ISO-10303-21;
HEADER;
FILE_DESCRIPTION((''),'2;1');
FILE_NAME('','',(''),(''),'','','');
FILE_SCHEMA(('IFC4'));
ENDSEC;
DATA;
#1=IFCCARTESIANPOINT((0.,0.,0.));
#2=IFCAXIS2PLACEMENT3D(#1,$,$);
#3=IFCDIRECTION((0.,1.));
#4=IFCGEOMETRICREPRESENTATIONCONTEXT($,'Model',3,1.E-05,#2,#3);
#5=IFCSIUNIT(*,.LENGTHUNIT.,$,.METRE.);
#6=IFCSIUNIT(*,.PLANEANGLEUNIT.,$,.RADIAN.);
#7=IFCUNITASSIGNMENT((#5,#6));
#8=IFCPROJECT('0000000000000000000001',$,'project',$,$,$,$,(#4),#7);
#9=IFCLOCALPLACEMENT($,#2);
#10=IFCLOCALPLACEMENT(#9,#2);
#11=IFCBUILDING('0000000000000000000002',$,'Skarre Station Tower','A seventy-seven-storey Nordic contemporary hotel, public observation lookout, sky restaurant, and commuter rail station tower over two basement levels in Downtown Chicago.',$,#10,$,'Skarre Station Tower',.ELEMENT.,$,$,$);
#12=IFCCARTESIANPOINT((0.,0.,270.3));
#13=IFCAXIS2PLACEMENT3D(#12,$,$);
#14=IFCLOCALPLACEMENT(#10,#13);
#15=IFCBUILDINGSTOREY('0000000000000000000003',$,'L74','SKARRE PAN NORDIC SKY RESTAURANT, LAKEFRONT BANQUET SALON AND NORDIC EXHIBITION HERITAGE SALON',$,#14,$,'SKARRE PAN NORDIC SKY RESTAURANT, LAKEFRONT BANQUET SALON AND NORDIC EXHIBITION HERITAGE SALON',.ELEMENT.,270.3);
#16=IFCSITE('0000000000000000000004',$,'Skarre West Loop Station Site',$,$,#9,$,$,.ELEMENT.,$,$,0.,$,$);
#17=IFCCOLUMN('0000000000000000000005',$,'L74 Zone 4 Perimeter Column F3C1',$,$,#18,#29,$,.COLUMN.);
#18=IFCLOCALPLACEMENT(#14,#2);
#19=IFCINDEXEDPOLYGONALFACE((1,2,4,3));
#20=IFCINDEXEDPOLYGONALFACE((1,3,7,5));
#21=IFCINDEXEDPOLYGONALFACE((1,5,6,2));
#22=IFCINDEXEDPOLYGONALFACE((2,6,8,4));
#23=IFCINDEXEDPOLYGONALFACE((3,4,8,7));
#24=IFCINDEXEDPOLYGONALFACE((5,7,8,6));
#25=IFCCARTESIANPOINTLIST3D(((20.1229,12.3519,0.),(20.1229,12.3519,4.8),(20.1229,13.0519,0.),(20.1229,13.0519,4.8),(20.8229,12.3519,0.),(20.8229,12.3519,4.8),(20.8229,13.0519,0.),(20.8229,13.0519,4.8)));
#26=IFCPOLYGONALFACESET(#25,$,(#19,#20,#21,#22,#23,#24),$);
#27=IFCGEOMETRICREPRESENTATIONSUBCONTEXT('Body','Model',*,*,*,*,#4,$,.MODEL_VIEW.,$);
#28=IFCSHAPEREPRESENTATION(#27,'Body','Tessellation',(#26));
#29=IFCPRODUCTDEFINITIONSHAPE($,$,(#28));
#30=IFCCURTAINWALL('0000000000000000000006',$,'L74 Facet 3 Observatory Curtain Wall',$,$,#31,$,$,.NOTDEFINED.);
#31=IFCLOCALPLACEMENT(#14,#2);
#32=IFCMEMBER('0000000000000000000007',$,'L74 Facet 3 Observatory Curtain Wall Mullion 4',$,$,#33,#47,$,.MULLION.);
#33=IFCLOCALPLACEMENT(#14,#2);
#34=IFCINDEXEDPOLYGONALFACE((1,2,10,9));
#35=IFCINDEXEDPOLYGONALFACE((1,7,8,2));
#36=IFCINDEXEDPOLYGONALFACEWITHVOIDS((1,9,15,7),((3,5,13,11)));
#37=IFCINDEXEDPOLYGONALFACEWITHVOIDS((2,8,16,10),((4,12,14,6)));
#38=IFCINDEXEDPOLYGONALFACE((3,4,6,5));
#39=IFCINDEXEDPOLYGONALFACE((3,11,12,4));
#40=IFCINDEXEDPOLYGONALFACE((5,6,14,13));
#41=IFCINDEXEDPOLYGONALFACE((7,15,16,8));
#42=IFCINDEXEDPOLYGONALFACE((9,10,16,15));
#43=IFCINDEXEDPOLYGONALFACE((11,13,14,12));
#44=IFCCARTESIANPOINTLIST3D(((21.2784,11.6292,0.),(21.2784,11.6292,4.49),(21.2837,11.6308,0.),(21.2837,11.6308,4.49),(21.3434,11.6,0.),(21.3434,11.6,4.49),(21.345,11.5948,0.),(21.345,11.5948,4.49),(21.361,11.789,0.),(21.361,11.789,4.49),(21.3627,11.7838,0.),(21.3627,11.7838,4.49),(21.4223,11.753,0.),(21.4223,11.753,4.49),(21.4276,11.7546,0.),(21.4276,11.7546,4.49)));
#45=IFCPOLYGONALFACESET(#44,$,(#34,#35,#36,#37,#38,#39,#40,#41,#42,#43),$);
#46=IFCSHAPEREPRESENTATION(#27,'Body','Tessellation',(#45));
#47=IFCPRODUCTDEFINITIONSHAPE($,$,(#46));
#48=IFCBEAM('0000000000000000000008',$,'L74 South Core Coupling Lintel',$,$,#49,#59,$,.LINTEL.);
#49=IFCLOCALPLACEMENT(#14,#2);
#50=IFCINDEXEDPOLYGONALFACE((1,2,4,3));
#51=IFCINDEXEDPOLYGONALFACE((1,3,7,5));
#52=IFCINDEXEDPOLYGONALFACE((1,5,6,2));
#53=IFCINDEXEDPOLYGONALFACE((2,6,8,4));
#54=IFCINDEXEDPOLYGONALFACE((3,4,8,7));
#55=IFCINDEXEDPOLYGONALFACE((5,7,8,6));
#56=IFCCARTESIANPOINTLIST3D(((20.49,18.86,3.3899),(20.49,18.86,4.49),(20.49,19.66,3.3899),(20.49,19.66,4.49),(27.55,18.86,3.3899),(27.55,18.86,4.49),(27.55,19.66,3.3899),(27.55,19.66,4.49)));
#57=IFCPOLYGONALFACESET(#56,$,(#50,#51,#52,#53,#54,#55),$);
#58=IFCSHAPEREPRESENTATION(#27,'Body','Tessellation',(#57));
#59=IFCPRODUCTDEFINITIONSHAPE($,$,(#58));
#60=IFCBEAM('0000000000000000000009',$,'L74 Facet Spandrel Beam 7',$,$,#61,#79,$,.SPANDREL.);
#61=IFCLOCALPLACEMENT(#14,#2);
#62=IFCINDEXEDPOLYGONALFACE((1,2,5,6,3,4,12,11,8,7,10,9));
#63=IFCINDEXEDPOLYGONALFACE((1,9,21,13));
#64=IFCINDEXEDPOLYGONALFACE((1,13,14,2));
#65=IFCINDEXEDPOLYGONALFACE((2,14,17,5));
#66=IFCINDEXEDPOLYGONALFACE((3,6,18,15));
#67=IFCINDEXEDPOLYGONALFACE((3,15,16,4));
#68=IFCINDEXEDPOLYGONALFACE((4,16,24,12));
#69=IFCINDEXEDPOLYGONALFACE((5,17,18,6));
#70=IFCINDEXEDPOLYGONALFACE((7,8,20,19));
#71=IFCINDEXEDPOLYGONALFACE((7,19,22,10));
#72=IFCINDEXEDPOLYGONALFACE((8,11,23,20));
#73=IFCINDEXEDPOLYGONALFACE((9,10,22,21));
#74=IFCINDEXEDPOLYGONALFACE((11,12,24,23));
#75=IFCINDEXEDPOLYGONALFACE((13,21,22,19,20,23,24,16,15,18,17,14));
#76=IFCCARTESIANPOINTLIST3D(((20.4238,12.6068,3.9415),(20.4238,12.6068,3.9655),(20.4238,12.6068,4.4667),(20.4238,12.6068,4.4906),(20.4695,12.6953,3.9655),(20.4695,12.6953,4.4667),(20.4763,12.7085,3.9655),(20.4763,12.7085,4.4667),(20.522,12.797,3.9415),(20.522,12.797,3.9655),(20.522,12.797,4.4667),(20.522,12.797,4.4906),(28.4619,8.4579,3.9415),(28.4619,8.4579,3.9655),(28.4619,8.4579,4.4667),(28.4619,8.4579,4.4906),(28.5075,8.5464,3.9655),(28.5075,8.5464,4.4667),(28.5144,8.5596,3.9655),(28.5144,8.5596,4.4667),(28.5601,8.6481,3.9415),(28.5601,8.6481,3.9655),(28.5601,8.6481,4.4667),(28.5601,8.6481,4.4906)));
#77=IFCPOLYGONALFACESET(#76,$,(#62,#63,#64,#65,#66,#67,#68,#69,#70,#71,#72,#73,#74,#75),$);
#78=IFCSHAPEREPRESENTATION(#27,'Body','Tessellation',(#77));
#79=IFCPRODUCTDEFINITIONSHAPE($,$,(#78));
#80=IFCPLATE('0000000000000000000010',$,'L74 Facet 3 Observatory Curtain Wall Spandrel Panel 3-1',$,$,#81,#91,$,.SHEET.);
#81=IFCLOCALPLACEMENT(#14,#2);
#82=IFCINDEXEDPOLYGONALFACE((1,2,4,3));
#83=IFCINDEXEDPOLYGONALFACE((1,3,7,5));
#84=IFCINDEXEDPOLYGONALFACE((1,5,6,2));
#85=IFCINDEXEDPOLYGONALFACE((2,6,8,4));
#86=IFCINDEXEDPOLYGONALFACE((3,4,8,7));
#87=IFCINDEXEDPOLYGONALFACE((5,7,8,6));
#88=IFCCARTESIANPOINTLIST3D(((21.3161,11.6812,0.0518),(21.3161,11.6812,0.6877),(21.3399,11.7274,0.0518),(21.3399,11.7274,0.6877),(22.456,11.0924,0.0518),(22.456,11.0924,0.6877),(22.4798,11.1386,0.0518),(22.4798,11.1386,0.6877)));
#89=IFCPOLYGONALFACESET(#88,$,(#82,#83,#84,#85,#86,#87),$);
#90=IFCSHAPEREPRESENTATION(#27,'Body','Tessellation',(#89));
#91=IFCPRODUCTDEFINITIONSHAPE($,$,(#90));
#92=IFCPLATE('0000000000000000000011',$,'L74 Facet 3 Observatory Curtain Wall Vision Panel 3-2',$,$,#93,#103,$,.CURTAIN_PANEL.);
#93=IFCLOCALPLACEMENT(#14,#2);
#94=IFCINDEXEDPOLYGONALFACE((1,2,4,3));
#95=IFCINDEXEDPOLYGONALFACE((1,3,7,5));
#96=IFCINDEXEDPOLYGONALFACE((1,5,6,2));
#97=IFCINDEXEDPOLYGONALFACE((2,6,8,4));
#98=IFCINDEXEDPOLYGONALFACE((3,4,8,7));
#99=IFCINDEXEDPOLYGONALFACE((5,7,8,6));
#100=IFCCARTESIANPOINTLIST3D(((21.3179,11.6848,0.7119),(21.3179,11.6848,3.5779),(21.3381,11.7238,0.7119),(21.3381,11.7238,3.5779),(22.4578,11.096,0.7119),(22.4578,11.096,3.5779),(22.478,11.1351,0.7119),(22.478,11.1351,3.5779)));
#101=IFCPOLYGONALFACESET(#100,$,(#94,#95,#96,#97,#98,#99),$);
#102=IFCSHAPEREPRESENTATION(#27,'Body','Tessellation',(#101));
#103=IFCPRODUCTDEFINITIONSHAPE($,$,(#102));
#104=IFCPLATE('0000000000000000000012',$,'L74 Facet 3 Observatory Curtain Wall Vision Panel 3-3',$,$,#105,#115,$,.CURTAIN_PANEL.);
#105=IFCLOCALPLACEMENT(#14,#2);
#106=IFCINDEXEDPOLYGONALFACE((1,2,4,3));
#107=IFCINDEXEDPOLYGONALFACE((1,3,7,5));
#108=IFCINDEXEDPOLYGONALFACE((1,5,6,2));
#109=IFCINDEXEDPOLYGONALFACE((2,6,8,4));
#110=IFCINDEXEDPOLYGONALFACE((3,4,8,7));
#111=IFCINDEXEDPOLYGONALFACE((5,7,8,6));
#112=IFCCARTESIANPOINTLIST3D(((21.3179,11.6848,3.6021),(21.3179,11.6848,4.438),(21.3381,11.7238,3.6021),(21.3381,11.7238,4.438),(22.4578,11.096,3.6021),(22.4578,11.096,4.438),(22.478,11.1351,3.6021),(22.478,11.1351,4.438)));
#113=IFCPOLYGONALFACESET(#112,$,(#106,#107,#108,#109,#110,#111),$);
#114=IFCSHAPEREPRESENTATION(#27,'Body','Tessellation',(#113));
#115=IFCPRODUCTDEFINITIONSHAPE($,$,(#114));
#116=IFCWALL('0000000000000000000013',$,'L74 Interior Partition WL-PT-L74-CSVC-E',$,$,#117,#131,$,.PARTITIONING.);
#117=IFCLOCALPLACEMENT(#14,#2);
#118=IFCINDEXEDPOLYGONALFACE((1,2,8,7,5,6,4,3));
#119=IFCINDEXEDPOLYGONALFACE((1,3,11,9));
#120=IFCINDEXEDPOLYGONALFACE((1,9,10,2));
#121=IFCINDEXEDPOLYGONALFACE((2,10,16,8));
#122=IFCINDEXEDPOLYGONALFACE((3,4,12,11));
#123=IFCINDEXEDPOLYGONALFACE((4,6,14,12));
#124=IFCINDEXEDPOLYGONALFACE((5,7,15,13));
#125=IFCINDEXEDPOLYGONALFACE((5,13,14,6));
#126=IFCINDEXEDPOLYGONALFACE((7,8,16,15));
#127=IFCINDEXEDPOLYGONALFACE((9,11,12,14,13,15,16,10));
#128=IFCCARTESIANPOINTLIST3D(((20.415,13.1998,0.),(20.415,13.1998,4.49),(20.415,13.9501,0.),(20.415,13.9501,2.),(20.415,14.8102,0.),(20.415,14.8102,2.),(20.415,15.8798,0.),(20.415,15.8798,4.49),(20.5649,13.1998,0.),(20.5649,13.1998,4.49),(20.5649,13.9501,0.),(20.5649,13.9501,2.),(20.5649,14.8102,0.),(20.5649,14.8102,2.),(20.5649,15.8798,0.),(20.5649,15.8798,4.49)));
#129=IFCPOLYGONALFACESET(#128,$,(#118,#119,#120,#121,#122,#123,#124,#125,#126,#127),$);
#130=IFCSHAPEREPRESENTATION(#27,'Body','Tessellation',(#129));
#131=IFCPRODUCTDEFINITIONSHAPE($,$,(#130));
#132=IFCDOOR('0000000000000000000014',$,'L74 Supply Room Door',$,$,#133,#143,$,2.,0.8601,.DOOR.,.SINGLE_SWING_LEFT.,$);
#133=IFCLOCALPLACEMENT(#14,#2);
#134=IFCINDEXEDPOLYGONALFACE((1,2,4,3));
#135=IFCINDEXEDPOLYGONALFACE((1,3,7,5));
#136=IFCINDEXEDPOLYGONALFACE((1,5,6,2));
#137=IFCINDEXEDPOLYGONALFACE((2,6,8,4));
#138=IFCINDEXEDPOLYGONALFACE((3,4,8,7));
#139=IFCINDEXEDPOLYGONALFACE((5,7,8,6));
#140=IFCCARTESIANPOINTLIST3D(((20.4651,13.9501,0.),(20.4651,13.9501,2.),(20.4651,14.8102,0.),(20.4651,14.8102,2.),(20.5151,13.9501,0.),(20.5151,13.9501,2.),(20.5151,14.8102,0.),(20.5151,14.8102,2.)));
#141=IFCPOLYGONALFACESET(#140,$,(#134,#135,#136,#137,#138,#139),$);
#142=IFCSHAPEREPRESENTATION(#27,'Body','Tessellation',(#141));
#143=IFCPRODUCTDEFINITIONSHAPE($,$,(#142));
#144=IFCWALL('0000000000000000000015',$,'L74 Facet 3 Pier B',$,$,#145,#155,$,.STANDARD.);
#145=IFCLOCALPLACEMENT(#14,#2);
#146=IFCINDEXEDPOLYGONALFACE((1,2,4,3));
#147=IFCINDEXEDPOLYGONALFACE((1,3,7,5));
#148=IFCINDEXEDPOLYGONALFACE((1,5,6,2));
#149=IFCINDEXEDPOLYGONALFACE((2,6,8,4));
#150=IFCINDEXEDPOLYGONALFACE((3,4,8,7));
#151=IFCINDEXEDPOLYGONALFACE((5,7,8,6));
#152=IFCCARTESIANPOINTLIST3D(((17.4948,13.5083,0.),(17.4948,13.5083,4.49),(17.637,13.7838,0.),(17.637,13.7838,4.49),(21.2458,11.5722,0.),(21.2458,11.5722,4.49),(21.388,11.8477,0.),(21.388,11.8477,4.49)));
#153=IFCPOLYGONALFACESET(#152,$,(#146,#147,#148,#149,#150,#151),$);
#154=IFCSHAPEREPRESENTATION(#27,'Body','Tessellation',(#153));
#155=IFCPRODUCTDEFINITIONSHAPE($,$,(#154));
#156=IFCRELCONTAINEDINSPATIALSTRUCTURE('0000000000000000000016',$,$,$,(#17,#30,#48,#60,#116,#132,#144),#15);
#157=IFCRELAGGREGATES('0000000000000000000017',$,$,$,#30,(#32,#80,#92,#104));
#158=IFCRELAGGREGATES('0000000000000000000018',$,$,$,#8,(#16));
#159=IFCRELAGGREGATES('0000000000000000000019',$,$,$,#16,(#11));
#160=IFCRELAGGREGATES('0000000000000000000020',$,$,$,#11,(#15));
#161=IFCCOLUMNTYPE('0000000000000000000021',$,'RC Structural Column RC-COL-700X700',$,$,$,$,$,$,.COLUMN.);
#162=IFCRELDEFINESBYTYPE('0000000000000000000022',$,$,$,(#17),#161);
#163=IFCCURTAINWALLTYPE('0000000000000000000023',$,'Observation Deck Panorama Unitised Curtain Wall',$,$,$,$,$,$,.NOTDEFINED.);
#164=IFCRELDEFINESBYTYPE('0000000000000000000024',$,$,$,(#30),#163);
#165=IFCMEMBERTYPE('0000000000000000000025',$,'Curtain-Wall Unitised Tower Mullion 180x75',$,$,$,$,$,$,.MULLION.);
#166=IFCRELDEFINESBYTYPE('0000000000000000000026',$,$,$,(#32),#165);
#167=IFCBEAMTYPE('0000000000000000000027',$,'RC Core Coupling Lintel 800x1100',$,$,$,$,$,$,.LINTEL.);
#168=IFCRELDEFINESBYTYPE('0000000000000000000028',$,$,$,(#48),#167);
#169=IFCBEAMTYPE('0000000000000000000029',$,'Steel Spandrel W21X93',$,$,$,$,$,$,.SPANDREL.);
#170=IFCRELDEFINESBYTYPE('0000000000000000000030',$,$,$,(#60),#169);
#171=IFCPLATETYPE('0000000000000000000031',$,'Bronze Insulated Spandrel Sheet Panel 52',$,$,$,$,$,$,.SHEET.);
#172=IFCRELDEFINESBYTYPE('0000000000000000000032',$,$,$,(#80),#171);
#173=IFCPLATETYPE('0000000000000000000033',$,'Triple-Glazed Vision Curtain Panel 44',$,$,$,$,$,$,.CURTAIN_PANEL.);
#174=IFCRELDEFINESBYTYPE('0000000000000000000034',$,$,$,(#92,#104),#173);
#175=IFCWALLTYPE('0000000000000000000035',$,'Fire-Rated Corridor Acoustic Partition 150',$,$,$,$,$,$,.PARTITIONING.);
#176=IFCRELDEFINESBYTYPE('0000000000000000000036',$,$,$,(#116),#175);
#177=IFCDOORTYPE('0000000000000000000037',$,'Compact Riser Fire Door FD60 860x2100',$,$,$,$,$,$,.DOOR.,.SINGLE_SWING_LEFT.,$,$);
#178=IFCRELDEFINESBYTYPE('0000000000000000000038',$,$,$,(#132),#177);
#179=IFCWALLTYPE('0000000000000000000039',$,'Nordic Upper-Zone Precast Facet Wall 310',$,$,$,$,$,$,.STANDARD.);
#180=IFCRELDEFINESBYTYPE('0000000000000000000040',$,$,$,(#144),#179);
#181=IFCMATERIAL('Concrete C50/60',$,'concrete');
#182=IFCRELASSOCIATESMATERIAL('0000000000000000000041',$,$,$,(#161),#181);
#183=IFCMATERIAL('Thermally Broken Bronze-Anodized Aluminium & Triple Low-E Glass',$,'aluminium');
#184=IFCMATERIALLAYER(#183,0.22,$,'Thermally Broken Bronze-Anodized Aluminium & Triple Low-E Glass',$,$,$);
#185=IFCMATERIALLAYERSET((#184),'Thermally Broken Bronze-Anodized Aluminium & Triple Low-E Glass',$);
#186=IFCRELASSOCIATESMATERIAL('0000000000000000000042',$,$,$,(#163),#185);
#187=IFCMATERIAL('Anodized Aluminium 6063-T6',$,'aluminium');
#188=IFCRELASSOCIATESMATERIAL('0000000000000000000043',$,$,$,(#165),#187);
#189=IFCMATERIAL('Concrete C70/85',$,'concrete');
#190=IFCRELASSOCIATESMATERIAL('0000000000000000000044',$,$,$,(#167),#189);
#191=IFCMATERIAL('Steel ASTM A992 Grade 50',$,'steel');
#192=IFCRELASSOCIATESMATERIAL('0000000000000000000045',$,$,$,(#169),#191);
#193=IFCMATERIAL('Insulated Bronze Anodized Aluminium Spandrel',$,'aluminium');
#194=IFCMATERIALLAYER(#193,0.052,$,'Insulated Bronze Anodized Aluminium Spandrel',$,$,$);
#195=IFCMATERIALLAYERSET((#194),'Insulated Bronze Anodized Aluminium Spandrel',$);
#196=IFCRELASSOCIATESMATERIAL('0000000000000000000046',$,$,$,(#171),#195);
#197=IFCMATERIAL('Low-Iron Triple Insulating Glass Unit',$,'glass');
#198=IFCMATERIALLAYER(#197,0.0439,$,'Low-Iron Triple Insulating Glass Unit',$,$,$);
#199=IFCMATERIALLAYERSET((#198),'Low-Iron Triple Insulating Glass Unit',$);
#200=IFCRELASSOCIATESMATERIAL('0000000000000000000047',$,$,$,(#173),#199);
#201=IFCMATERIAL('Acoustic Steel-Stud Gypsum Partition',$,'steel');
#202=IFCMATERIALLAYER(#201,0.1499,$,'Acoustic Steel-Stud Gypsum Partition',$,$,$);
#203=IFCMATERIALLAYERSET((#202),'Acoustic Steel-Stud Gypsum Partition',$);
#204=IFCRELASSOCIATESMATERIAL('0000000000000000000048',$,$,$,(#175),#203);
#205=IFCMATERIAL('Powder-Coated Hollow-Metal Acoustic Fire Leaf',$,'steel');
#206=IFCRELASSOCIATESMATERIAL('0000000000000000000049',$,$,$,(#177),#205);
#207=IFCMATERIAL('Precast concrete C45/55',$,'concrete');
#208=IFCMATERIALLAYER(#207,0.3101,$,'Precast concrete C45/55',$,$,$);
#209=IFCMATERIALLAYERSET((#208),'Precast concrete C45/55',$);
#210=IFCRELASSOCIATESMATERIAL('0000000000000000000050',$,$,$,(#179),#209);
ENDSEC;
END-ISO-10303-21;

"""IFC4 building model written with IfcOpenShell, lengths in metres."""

from ifc_helpers import new_model, si_unit, direction, frame, frame_2d, origin, origin_2d, place, context, subcontext, project, spatial, rectangle, hollow_rectangle, i_section, extrude, material, layer, layer_set, material_profile, profile_set, type_object, element, fill, aggregate, save


model = new_model("IFC4")

# Units and contexts
model_context = context("Model", 3, precision=1e-05, world=origin(), true_north=direction((0.0, 1.0)))
body_context = subcontext(model_context, "Body", "Model", "MODEL_VIEW")
ifc_project = project(units=[si_unit("LENGTHUNIT", "METRE"), si_unit("PLANEANGLEUNIT", "RADIAN")], contexts=[model_context])

# Site, building, storey
site_placement = place(None, origin())
site = spatial("IfcSite", under=ifc_project, at=site_placement, Name="Skarre West Loop Station Site", CompositionType="ELEMENT", RefElevation=0.0)
building_placement = place(site_placement, origin())
building = spatial("IfcBuilding", under=site, at=building_placement, Name="Skarre Station Tower", Description="A seventy-seven-storey Nordic contemporary hotel, public observation lookout, sky restaurant, and commuter rail station tower over two basement levels in Downtown Chicago.", LongName="Skarre Station Tower", CompositionType="ELEMENT")
storey_placement = place(building_placement, frame((0.0, 0.0, 270.3)))
storey = spatial("IfcBuildingStorey", under=building, at=storey_placement, Name="L74", Description="SKARRE PAN NORDIC SKY RESTAURANT, LAKEFRONT BANQUET SALON AND NORDIC EXHIBITION HERITAGE SALON", LongName="SKARRE PAN NORDIC SKY RESTAURANT, LAKEFRONT BANQUET SALON AND NORDIC EXHIBITION HERITAGE SALON", CompositionType="ELEMENT", Elevation=270.3)

# Column
ifc_material_1 = material(Name="Concrete C50/60", Category="concrete")
ifc_material_profile_1 = material_profile(ifc_material_1, rectangle(XDim=0.7, YDim=0.7, at=origin_2d()), Name="Concrete C50/60")
ifc_profile_set_1 = profile_set([ifc_material_profile_1], Name="Concrete C50/60")
column_type = type_object("IfcColumnType", Name="RC Structural Column RC-COL-700X700", PredefinedType="COLUMN", material=ifc_profile_set_1)
column_placement = place(storey_placement, frame((20.4729, 12.7019, 0.0), z_axis=(0.0, 0.0, 1.0), x_axis=(1.0, 0.0, 0.0)))
element("IfcColumn", 1, at=column_placement, inside=storey, type_object=column_type, Name="L74 Zone 4 Perimeter Column F3C1", PredefinedType="COLUMN", context=body_context, shape_type="SweptSolid", body=[
    extrude(rectangle(XDim=0.7, YDim=0.7, at=origin_2d()), origin(), (0.0, 0.0, 1.0), 4.8),
])

# Curtain wall, member
ifc_material_2 = material(Name="Thermally Broken Bronze-Anodized Aluminium & Triple Low-E Glass", Category="aluminium")
ifc_layer_1 = layer(ifc_material_2, 0.22, Name="Thermally Broken Bronze-Anodized Aluminium & Triple Low-E Glass")
ifc_layer_set_1 = layer_set([ifc_layer_1], Name="Thermally Broken Bronze-Anodized Aluminium & Triple Low-E Glass")
curtain_wall_type = type_object("IfcCurtainWallType", Name="Observation Deck Panorama Unitised Curtain Wall", PredefinedType="NOTDEFINED", material=ifc_layer_set_1)
curtain_wall_placement = place(storey_placement, origin())
curtain_wall = element("IfcCurtainWall", 2, at=curtain_wall_placement, inside=storey, type_object=curtain_wall_type, Name="L74 Facet 3 Observatory Curtain Wall", PredefinedType="NOTDEFINED")
ifc_material_3 = material(Name="Anodized Aluminium 6063-T6", Category="aluminium")
ifc_material_profile_2 = material_profile(ifc_material_3, hollow_rectangle(XDim=0.075, YDim=0.1799, WallThickness=0.0039, at=origin_2d()), Name="Anodized Aluminium 6063-T6")
ifc_profile_set_2 = profile_set([ifc_material_profile_2], Name="Anodized Aluminium 6063-T6")
member_type = type_object("IfcMemberType", Name="Curtain-Wall Unitised Tower Mullion 180x75", PredefinedType="MULLION", material=ifc_profile_set_2)
member_placement = place(storey_placement, frame((21.353, 11.6919, 0.0), z_axis=(0.0, 0.0, 1.0), x_axis=(-0.888481, 0.458913, 0.0)))
member = element("IfcMember", 3, at=member_placement, type_object=member_type, Name="L74 Facet 3 Observatory Curtain Wall Mullion 4", PredefinedType="MULLION", context=body_context, shape_type="SweptSolid", body=[
    extrude(hollow_rectangle(XDim=0.075, YDim=0.1799, WallThickness=0.0039, at=origin_2d()), origin(), (0.0, 0.0, 1.0), 4.49),
])

# Beams
ifc_material_4 = material(Name="Concrete C70/85", Category="concrete")
ifc_material_profile_3 = material_profile(ifc_material_4, rectangle(XDim=0.8, YDim=1.1001, at=origin_2d()), Name="Concrete C70/85")
ifc_profile_set_3 = profile_set([ifc_material_profile_3], Name="Concrete C70/85")
beam_type_1 = type_object("IfcBeamType", Name="RC Core Coupling Lintel 800x1100", PredefinedType="LINTEL", material=ifc_profile_set_3)
beam_1_placement = place(storey_placement, frame((20.49, 19.26, 3.9399), z_axis=(1.0, 0.0, 0.0), x_axis=(0.0, 1.0, 0.0)))
element("IfcBeam", 4, at=beam_1_placement, inside=storey, type_object=beam_type_1, Name="L74 South Core Coupling Lintel", PredefinedType="LINTEL", context=body_context, shape_type="SweptSolid", body=[
    extrude(rectangle(XDim=0.8, YDim=1.1001, at=origin_2d()), origin(), (0.0, 0.0, 1.0), 7.0601),
])
ifc_material_5 = material(Name="Steel ASTM A992 Grade 50", Category="steel")
ifc_material_profile_4 = material_profile(ifc_material_5, i_section(OverallWidth=0.2141, OverallDepth=0.5491, WebThickness=0.0149, FlangeThickness=0.0239, at=origin_2d()), Name="Steel ASTM A992 Grade 50")
ifc_profile_set_4 = profile_set([ifc_material_profile_4], Name="Steel ASTM A992 Grade 50")
beam_type_2 = type_object("IfcBeamType", Name="Steel Spandrel W21X93", PredefinedType="SPANDREL", material=ifc_profile_set_4)
beam_2_placement = place(storey_placement, frame((20.4729, 12.7019, 4.2161), z_axis=(0.88861, -0.458664, 0.0), x_axis=(0.458664, 0.88861, 0.0)))
element("IfcBeam", 5, at=beam_2_placement, inside=storey, type_object=beam_type_2, Name="L74 Facet Spandrel Beam 7", PredefinedType="SPANDREL", context=body_context, shape_type="SweptSolid", body=[
    extrude(i_section(OverallWidth=0.2141, OverallDepth=0.5491, WebThickness=0.0149, FlangeThickness=0.0239, at=origin_2d()), origin(), (0.0, 0.0, 1.0), 9.0457),
])

# Plates
ifc_material_6 = material(Name="Insulated Bronze Anodized Aluminium Spandrel", Category="aluminium")
ifc_layer_2 = layer(ifc_material_6, 0.052, Name="Insulated Bronze Anodized Aluminium Spandrel")
ifc_layer_set_2 = layer_set([ifc_layer_2], Name="Insulated Bronze Anodized Aluminium Spandrel")
plate_type_1 = type_object("IfcPlateType", Name="Bronze Insulated Spandrel Sheet Panel 52", PredefinedType="SHEET", material=ifc_layer_set_2)
plate_1_placement = place(storey_placement, frame((21.8979, 11.4099, 0.0518), z_axis=(0.0, 0.0, 1.0), x_axis=(-0.888481, 0.458913, 0.0)))
plate_1 = element("IfcPlate", 6, at=plate_1_placement, type_object=plate_type_1, Name="L74 Facet 3 Observatory Curtain Wall Spandrel Panel 3-1", PredefinedType="SHEET", context=body_context, shape_type="SweptSolid", body=[
    extrude(rectangle(XDim=1.283, YDim=0.052, at=origin_2d()), origin(), (0.0, 0.0, 1.0), 0.636),
])
ifc_material_7 = material(Name="Low-Iron Triple Insulating Glass Unit", Category="glass")
ifc_layer_3 = layer(ifc_material_7, 0.0439, Name="Low-Iron Triple Insulating Glass Unit")
ifc_layer_set_3 = layer_set([ifc_layer_3], Name="Low-Iron Triple Insulating Glass Unit")
plate_type_2 = type_object("IfcPlateType", Name="Triple-Glazed Vision Curtain Panel 44", PredefinedType="CURTAIN_PANEL", material=ifc_layer_set_3)
plate_2_placement = place(storey_placement, frame((21.8979, 11.4099, 0.7119), z_axis=(0.0, 0.0, 1.0), x_axis=(-0.888481, 0.458913, 0.0)))
plate_2 = element("IfcPlate", 7, at=plate_2_placement, type_object=plate_type_2, Name="L74 Facet 3 Observatory Curtain Wall Vision Panel 3-2", PredefinedType="CURTAIN_PANEL", context=body_context, shape_type="SweptSolid", body=[
    extrude(rectangle(XDim=1.283, YDim=0.0439, at=origin_2d()), origin(), (0.0, 0.0, 1.0), 2.866),
])
plate_3_placement = place(storey_placement, frame((21.8979, 11.4099, 3.6021), z_axis=(0.0, 0.0, 1.0), x_axis=(-0.888481, 0.458913, 0.0)))
plate_3 = element("IfcPlate", 8, at=plate_3_placement, type_object=plate_type_2, Name="L74 Facet 3 Observatory Curtain Wall Vision Panel 3-3", PredefinedType="CURTAIN_PANEL", context=body_context, shape_type="SweptSolid", body=[
    extrude(rectangle(XDim=1.283, YDim=0.0439, at=origin_2d()), origin(), (0.0, 0.0, 1.0), 0.8359),
])
aggregate(curtain_wall, [member, plate_1, plate_2, plate_3])

# Wall, opening, door
ifc_material_8 = material(Name="Acoustic Steel-Stud Gypsum Partition", Category="steel")
ifc_layer_4 = layer(ifc_material_8, 0.1499, Name="Acoustic Steel-Stud Gypsum Partition")
ifc_layer_set_4 = layer_set([ifc_layer_4], Name="Acoustic Steel-Stud Gypsum Partition")
wall_type_1 = type_object("IfcWallType", Name="Fire-Rated Corridor Acoustic Partition 150", PredefinedType="PARTITIONING", material=ifc_layer_set_4)
wall_1_placement = place(storey_placement, frame((20.49, 13.2, 0.0), z_axis=(0.0, 0.0, 1.0), x_axis=(0.0, 1.0, 0.0)))
wall_1 = element("IfcWall", 9, at=wall_1_placement, inside=storey, type_object=wall_type_1, Name="L74 Interior Partition WL-PT-L74-CSVC-E", PredefinedType="PARTITIONING", context=body_context, shape_type="SweptSolid", body=[
    extrude(rectangle(XDim=2.6799, YDim=0.1499, at=frame_2d((1.3398, 0.0))), origin(), (0.0, 0.0, 1.0), 4.49),
])
opening_1_placement = place(wall_1_placement, frame((0.75, 0.0, 0.0)))
opening_1 = element("IfcOpeningElement", 10, at=opening_1_placement, cuts=wall_1, PredefinedType="OPENING", context=body_context, shape_type="SweptSolid", body=[
    extrude(rectangle(XDim=0.8601, YDim=2.0, at=frame_2d((0.4302, 1.0))), frame((0.0, 0.085, 0.0), z_axis=(0.0, -1.0, 0.0), x_axis=(1.0, 0.0, 0.0)), (0.0, 0.0, 1.0), 0.1699),
])
ifc_material_9 = material(Name="Powder-Coated Hollow-Metal Acoustic Fire Leaf", Category="steel")
door_type_1 = type_object("IfcDoorType", Name="Compact Riser Fire Door FD60 860x2100", OperationType="SINGLE_SWING_LEFT", PredefinedType="DOOR", material=ifc_material_9)
door_1_placement = place(opening_1_placement, origin())
door_1 = element("IfcDoor", 11, at=door_1_placement, inside=storey, type_object=door_type_1, Name="L74 Supply Room Door", OperationType="SINGLE_SWING_LEFT", OverallHeight=2.0, OverallWidth=0.8601, PredefinedType="DOOR", context=body_context, shape_type="SweptSolid", body=[
    extrude(rectangle(XDim=0.8601, YDim=2.0, at=frame_2d((0.4302, 1.0))), frame((0.0, 0.0249, 0.0), z_axis=(0.0, -1.0, 0.0), x_axis=(1.0, 0.0, 0.0)), (0.0, 0.0, 1.0), 0.05),
])
fill(opening_1, door_1)

# Wall
ifc_material_10 = material(Name="Precast concrete C45/55", Category="concrete")
ifc_layer_5 = layer(ifc_material_10, 0.3101, Name="Precast concrete C45/55")
ifc_layer_set_5 = layer_set([ifc_layer_5], Name="Precast concrete C45/55")
wall_type_2 = type_object("IfcWallType", Name="Nordic Upper-Zone Precast Facet Wall 310", PredefinedType="STANDARD", material=ifc_layer_set_5)
wall_2_placement = place(storey_placement, frame((21.3169, 11.71, 0.0), z_axis=(0.0, 0.0, 1.0), x_axis=(-0.888616, 0.458652, 0.0)))
element("IfcWall", 12, at=wall_2_placement, inside=storey, type_object=wall_type_2, Name="L74 Facet 3 Pier B", PredefinedType="STANDARD", context=body_context, shape_type="SweptSolid", body=[
    extrude(rectangle(XDim=4.2212, YDim=0.3101, at=frame_2d((2.1106, 0.0))), origin(), (0.0, 0.0, 1.0), 4.49),
])

save(model, "model.ifc")
